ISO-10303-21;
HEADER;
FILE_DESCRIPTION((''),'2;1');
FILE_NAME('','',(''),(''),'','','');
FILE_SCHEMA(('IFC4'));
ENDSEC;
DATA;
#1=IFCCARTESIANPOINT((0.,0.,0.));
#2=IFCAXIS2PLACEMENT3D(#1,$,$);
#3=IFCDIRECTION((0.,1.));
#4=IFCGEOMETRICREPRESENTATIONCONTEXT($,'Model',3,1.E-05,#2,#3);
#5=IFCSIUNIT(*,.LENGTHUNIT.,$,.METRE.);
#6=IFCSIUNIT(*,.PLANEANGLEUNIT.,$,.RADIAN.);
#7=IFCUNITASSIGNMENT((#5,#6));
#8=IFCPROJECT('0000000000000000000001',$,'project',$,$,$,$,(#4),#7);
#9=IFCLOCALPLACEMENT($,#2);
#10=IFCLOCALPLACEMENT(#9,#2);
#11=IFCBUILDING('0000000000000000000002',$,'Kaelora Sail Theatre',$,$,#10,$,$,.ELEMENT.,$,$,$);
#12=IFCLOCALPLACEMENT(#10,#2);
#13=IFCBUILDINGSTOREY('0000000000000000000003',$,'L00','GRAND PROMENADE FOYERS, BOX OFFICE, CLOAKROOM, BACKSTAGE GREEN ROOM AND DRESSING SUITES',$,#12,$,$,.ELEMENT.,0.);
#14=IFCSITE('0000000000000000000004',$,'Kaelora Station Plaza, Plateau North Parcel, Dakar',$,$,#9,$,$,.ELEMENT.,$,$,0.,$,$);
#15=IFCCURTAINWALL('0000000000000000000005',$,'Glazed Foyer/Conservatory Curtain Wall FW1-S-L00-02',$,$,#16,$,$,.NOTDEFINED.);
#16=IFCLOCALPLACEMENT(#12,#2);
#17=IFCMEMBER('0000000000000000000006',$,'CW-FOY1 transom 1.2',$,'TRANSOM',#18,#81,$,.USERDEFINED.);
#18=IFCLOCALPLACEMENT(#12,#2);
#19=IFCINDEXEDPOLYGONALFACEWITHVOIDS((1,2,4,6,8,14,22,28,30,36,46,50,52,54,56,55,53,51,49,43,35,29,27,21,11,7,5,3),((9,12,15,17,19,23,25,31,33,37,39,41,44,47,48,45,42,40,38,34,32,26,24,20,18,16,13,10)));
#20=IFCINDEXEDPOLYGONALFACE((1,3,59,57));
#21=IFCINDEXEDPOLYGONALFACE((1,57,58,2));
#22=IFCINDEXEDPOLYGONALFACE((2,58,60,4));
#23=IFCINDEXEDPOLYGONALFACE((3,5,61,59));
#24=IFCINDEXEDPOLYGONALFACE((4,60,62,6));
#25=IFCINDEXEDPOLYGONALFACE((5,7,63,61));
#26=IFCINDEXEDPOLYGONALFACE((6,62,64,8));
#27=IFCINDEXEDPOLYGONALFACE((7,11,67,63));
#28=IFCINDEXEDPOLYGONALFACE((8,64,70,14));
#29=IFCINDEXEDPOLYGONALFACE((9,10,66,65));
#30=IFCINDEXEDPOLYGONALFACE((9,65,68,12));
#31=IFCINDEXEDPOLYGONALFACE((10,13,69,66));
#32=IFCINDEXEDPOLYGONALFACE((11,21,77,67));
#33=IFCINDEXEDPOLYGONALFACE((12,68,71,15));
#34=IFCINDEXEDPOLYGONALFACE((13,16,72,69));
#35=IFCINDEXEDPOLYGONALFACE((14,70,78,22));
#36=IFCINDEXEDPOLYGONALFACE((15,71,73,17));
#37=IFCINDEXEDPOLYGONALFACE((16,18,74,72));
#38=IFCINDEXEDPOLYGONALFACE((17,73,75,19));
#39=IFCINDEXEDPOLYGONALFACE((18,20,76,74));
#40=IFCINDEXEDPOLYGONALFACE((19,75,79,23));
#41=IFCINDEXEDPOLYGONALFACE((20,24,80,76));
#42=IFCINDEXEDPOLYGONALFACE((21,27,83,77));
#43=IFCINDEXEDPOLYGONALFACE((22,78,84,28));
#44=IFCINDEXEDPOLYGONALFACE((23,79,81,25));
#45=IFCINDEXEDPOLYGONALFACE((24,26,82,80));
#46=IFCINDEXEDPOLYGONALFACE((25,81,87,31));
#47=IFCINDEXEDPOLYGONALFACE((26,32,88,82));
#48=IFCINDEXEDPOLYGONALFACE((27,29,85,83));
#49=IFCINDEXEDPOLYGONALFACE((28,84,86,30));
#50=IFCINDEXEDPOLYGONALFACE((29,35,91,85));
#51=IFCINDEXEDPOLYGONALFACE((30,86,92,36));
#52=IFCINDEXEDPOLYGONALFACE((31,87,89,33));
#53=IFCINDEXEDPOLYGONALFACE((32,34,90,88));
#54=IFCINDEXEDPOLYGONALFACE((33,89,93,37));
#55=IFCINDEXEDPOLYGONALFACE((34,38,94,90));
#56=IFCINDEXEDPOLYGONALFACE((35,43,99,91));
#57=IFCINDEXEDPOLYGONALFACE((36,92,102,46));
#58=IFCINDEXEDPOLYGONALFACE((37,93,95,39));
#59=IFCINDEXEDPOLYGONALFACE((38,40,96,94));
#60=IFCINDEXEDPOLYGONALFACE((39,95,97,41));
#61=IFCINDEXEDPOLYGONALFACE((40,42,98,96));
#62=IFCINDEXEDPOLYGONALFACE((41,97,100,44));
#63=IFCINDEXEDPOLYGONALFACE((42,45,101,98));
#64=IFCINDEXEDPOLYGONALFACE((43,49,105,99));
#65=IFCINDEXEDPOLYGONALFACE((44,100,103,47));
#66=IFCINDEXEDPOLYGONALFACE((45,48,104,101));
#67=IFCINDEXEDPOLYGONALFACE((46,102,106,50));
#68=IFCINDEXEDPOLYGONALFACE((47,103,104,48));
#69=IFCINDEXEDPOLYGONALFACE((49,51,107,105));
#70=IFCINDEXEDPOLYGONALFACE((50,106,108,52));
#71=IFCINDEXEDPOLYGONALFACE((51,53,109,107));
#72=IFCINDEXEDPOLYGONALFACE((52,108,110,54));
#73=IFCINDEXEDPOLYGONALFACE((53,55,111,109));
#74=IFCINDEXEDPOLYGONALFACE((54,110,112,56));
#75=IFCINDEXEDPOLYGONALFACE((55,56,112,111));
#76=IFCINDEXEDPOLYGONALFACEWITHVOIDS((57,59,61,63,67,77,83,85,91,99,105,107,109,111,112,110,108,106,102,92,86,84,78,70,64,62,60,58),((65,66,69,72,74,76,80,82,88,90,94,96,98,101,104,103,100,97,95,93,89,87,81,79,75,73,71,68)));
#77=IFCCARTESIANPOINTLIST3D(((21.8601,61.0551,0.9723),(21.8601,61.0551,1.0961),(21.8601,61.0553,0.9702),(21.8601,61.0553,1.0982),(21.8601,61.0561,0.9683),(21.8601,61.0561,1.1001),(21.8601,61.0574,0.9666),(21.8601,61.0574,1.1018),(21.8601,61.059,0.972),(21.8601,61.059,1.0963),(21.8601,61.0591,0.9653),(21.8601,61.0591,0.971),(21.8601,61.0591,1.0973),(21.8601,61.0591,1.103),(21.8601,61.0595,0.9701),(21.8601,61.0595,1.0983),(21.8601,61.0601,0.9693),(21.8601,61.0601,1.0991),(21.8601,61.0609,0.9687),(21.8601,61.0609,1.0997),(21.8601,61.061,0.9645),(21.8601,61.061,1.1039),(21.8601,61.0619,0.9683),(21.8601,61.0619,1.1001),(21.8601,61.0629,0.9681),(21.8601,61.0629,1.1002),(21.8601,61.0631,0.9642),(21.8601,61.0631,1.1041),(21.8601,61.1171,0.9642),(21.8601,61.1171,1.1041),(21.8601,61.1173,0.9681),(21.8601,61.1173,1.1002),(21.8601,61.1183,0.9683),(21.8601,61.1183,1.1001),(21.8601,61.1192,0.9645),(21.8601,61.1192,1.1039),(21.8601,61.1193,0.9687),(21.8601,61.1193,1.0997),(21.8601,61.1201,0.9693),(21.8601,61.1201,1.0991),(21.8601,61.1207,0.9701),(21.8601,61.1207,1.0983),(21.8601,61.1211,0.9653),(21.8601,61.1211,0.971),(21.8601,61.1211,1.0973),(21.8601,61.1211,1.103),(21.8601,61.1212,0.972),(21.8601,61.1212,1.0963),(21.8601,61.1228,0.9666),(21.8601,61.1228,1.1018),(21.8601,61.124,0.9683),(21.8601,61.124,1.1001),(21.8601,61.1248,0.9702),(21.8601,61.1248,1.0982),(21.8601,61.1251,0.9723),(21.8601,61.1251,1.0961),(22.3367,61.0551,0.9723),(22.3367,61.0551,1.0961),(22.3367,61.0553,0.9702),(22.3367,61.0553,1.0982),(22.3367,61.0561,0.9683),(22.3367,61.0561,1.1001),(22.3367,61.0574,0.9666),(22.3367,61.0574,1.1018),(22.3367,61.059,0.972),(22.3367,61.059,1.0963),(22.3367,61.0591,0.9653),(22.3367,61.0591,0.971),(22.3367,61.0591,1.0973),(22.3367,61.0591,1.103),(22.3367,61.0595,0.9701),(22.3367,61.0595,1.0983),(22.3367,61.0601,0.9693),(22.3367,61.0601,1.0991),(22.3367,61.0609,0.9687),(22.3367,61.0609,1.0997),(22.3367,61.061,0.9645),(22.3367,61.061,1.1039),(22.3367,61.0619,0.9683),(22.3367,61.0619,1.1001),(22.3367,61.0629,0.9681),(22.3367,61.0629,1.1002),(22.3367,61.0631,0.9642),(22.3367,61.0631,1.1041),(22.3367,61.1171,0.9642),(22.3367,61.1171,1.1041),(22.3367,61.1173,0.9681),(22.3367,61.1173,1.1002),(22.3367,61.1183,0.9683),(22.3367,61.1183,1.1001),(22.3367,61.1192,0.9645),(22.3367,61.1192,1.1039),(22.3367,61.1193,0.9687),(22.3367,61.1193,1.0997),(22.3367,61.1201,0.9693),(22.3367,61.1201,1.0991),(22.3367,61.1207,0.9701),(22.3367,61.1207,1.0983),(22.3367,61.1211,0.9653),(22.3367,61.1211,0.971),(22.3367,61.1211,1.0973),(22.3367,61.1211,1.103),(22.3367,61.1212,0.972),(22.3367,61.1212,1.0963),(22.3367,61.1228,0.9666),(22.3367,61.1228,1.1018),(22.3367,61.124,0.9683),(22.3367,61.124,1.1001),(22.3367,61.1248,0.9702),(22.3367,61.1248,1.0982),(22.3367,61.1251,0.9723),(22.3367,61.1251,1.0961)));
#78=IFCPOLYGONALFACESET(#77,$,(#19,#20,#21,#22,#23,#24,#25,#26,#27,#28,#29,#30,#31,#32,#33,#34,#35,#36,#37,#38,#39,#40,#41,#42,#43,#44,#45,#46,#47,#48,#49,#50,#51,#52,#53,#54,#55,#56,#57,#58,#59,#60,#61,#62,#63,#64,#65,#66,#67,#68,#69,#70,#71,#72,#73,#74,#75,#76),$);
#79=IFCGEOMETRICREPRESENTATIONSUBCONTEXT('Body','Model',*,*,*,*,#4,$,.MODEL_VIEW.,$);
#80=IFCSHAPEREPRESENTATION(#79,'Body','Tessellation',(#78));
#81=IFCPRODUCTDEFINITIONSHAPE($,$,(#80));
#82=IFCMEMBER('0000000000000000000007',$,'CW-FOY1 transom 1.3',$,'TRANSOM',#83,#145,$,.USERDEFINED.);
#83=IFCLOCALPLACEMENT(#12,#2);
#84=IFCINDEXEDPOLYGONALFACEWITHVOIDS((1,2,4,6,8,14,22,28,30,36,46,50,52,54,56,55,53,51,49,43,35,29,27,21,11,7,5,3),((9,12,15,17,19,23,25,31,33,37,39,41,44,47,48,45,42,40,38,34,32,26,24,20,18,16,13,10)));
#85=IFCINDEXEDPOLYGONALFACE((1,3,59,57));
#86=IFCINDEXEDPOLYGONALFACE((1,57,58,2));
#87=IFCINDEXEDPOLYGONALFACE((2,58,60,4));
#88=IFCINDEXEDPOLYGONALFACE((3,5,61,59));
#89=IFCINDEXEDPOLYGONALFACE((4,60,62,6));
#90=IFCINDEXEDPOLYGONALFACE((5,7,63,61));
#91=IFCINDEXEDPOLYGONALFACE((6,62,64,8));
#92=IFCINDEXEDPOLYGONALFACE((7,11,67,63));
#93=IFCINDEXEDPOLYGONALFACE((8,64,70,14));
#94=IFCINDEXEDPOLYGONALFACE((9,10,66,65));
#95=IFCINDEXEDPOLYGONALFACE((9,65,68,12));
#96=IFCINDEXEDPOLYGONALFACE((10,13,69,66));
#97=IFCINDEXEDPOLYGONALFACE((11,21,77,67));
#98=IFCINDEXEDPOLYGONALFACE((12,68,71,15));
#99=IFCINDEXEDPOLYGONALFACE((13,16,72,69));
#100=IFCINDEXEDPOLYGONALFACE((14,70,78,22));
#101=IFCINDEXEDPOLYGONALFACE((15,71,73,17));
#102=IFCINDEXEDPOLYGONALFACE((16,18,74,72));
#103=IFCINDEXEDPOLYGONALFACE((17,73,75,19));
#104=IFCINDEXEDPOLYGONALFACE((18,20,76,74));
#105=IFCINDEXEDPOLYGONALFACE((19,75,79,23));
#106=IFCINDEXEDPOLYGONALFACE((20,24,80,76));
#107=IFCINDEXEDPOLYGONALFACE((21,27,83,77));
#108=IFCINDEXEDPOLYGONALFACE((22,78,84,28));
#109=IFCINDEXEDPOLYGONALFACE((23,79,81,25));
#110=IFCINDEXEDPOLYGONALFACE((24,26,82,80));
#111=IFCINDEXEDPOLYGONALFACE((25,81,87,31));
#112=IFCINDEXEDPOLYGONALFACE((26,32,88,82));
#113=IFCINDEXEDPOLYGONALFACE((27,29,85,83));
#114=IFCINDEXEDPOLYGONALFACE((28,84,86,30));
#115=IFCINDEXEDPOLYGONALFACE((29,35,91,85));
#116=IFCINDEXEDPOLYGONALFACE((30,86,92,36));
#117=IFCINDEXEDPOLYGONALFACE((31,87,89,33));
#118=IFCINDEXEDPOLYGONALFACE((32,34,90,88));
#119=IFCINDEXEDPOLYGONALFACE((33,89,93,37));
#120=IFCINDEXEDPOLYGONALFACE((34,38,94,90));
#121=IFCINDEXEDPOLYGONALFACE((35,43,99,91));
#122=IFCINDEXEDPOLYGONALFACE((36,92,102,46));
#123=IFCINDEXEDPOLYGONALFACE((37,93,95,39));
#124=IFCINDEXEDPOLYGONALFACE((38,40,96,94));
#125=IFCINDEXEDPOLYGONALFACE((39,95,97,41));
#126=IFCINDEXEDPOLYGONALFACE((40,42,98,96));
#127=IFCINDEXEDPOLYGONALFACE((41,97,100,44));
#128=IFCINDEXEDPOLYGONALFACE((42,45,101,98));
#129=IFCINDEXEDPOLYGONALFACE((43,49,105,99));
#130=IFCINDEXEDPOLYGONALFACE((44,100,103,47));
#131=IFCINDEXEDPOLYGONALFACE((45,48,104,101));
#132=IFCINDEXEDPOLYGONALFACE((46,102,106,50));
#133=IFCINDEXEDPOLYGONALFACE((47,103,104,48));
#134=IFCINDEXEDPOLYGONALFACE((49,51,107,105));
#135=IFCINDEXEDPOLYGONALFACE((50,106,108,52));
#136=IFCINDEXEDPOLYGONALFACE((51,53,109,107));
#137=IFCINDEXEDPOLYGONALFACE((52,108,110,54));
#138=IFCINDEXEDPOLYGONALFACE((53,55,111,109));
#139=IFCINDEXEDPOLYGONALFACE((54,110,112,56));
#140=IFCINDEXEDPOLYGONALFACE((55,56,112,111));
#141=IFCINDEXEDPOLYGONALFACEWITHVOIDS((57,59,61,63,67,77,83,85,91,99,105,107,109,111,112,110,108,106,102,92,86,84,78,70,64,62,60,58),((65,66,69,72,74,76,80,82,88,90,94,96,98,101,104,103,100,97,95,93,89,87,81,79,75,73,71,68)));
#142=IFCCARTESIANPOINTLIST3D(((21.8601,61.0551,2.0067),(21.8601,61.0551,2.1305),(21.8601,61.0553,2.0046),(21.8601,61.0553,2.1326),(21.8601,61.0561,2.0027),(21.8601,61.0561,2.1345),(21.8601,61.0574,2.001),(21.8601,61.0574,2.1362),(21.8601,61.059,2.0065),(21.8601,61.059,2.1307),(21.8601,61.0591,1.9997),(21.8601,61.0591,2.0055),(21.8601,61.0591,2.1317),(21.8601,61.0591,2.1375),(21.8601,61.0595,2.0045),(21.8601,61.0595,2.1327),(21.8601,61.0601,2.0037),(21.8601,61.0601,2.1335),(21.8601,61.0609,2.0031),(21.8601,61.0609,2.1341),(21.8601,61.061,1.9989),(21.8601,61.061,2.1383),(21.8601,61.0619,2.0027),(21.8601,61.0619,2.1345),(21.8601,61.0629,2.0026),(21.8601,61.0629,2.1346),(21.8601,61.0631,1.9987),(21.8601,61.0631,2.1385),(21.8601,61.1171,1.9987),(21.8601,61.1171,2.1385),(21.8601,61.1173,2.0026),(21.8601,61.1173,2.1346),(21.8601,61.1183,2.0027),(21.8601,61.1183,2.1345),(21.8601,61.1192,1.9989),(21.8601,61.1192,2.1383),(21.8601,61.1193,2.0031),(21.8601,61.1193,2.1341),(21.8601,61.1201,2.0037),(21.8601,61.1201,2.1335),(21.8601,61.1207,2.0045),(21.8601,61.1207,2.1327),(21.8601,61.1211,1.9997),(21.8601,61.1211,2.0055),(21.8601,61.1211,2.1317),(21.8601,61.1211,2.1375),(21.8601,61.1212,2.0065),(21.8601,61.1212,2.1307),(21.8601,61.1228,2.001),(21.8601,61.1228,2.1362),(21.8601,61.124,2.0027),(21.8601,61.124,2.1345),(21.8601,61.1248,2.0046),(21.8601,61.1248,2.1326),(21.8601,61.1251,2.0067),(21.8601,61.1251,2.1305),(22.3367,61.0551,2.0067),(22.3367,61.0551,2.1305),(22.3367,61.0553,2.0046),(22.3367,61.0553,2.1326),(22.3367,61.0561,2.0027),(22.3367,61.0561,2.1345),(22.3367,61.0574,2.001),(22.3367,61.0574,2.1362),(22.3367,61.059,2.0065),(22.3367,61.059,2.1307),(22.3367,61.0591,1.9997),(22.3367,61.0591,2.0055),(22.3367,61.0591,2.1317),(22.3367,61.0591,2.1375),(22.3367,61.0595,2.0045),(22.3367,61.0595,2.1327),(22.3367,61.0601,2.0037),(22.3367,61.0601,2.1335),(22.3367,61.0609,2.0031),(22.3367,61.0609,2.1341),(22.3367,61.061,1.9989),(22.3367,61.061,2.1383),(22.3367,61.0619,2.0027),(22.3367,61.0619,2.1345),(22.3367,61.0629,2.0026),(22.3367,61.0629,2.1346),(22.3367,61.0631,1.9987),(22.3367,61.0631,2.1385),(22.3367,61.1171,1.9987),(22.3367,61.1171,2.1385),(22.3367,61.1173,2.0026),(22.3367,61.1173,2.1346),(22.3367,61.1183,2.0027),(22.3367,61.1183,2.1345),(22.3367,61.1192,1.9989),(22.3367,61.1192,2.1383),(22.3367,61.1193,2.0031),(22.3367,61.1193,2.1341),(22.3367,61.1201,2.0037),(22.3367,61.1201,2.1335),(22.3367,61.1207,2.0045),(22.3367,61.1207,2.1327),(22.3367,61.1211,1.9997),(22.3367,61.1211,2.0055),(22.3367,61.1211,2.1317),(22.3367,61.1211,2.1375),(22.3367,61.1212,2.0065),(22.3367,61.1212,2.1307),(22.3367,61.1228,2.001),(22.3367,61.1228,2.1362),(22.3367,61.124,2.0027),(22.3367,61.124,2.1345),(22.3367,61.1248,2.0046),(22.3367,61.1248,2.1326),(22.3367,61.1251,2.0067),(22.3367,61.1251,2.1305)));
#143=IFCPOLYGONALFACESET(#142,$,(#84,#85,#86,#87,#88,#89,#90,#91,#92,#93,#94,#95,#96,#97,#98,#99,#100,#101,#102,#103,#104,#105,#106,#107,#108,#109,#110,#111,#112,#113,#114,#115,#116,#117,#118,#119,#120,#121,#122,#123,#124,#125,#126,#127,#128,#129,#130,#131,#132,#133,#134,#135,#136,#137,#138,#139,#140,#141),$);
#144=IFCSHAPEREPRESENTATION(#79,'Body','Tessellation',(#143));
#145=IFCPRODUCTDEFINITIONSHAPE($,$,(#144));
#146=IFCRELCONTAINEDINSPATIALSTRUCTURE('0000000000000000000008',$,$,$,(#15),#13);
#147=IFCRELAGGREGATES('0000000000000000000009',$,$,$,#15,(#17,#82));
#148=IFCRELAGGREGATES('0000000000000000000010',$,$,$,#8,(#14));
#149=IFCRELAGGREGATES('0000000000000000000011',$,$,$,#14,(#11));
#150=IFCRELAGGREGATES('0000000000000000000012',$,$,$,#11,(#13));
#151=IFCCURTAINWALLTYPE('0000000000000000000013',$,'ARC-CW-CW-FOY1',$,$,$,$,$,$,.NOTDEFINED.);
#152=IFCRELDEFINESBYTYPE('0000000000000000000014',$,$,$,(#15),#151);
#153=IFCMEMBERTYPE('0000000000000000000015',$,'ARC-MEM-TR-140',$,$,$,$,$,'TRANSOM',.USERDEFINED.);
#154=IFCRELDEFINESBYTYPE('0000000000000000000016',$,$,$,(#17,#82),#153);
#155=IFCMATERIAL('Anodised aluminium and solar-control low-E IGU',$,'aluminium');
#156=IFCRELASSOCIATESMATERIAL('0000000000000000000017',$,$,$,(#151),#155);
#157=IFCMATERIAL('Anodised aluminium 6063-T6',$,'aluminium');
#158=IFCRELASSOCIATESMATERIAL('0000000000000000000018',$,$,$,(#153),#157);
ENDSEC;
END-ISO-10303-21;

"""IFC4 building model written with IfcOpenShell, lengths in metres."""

from ifc_helpers import new_model, si_unit, direction, frame, origin, origin_2d, place, context, subcontext, project, spatial, hollow_rectangle, extrude, material, material_profile, profile_set, type_object, element, aggregate, save


model = new_model("IFC4")

# Units and contexts
model_context = context("Model", 3, precision=1e-05, world=origin(), true_north=direction((0.0, 1.0)))
body_context = subcontext(model_context, "Body", "Model", "MODEL_VIEW")
ifc_project = project(units=[si_unit("LENGTHUNIT", "METRE"), si_unit("PLANEANGLEUNIT", "RADIAN")], contexts=[model_context])

# Site, building, storey
site_placement = place(None, origin())
site = spatial("IfcSite", under=ifc_project, at=site_placement, Name="Kaelora Station Plaza, Plateau North Parcel, Dakar", CompositionType="ELEMENT", RefElevation=0.0)
building_placement = place(site_placement, origin())
building = spatial("IfcBuilding", under=site, at=building_placement, Name="Kaelora Sail Theatre", CompositionType="ELEMENT")
storey_placement = place(building_placement, origin())
storey = spatial("IfcBuildingStorey", under=building, at=storey_placement, Name="L00", Description="GRAND PROMENADE FOYERS, BOX OFFICE, CLOAKROOM, BACKSTAGE GREEN ROOM AND DRESSING SUITES", CompositionType="ELEMENT", Elevation=0.0)

# Curtain wall, members
ifc_material_1 = material(Name="Anodised aluminium and solar-control low-E IGU", Category="aluminium")
curtain_wall_type = type_object("IfcCurtainWallType", Name="ARC-CW-CW-FOY1", PredefinedType="NOTDEFINED", material=ifc_material_1)
curtain_wall_placement = place(storey_placement, origin())
curtain_wall = element("IfcCurtainWall", 1, at=curtain_wall_placement, inside=storey, type_object=curtain_wall_type, Name="Glazed Foyer/Conservatory Curtain Wall FW1-S-L00-02", PredefinedType="NOTDEFINED")
ifc_material_2 = material(Name="Anodised aluminium 6063-T6", Category="aluminium")
ifc_material_profile_1 = material_profile(ifc_material_2, hollow_rectangle(XDim=0.0701, YDim=0.1399, WallThickness=0.0039, InnerFilletRadius=0.0039, OuterFilletRadius=0.0081, at=origin_2d()), Name="ALU-TRAN 70x140x4")
ifc_profile_set_1 = profile_set([ifc_material_profile_1], Name="Anodised aluminium 6063-T6")
member_type_1 = type_object("IfcMemberType", Name="ARC-MEM-TR-140", ElementType="TRANSOM", PredefinedType="USERDEFINED", material=ifc_profile_set_1)
member_1_placement = place(storey_placement, frame((21.8601, 61.0901, 1.0342), z_axis=(1.0, 0.0, 0.0), x_axis=(0.0, 1.0, 0.0)))
member_1 = element("IfcMember", 2, at=member_1_placement, type_object=member_type_1, Name="CW-FOY1 transom 1.2", ObjectType="TRANSOM", PredefinedType="USERDEFINED", context=body_context, shape_type="SweptSolid", body=[
    extrude(hollow_rectangle(XDim=0.0701, YDim=0.1399, WallThickness=0.0039, InnerFilletRadius=0.0039, OuterFilletRadius=0.0081, at=origin_2d()), origin(), (0.0, 0.0, 1.0), 0.4766),
])
member_2_placement = place(storey_placement, frame((21.8601, 61.0901, 2.0686), z_axis=(1.0, 0.0, 0.0), x_axis=(0.0, 1.0, 0.0)))
member_2 = element("IfcMember", 3, at=member_2_placement, type_object=member_type_1, Name="CW-FOY1 transom 1.3", ObjectType="TRANSOM", PredefinedType="USERDEFINED", context=body_context, shape_type="SweptSolid", body=[
    extrude(hollow_rectangle(XDim=0.0701, YDim=0.1399, WallThickness=0.0039, InnerFilletRadius=0.0039, OuterFilletRadius=0.0081, at=origin_2d()), origin(), (0.0, 0.0, 1.0), 0.4766),
])
aggregate(curtain_wall, [member_1, member_2])

save(model, "model.ifc")
